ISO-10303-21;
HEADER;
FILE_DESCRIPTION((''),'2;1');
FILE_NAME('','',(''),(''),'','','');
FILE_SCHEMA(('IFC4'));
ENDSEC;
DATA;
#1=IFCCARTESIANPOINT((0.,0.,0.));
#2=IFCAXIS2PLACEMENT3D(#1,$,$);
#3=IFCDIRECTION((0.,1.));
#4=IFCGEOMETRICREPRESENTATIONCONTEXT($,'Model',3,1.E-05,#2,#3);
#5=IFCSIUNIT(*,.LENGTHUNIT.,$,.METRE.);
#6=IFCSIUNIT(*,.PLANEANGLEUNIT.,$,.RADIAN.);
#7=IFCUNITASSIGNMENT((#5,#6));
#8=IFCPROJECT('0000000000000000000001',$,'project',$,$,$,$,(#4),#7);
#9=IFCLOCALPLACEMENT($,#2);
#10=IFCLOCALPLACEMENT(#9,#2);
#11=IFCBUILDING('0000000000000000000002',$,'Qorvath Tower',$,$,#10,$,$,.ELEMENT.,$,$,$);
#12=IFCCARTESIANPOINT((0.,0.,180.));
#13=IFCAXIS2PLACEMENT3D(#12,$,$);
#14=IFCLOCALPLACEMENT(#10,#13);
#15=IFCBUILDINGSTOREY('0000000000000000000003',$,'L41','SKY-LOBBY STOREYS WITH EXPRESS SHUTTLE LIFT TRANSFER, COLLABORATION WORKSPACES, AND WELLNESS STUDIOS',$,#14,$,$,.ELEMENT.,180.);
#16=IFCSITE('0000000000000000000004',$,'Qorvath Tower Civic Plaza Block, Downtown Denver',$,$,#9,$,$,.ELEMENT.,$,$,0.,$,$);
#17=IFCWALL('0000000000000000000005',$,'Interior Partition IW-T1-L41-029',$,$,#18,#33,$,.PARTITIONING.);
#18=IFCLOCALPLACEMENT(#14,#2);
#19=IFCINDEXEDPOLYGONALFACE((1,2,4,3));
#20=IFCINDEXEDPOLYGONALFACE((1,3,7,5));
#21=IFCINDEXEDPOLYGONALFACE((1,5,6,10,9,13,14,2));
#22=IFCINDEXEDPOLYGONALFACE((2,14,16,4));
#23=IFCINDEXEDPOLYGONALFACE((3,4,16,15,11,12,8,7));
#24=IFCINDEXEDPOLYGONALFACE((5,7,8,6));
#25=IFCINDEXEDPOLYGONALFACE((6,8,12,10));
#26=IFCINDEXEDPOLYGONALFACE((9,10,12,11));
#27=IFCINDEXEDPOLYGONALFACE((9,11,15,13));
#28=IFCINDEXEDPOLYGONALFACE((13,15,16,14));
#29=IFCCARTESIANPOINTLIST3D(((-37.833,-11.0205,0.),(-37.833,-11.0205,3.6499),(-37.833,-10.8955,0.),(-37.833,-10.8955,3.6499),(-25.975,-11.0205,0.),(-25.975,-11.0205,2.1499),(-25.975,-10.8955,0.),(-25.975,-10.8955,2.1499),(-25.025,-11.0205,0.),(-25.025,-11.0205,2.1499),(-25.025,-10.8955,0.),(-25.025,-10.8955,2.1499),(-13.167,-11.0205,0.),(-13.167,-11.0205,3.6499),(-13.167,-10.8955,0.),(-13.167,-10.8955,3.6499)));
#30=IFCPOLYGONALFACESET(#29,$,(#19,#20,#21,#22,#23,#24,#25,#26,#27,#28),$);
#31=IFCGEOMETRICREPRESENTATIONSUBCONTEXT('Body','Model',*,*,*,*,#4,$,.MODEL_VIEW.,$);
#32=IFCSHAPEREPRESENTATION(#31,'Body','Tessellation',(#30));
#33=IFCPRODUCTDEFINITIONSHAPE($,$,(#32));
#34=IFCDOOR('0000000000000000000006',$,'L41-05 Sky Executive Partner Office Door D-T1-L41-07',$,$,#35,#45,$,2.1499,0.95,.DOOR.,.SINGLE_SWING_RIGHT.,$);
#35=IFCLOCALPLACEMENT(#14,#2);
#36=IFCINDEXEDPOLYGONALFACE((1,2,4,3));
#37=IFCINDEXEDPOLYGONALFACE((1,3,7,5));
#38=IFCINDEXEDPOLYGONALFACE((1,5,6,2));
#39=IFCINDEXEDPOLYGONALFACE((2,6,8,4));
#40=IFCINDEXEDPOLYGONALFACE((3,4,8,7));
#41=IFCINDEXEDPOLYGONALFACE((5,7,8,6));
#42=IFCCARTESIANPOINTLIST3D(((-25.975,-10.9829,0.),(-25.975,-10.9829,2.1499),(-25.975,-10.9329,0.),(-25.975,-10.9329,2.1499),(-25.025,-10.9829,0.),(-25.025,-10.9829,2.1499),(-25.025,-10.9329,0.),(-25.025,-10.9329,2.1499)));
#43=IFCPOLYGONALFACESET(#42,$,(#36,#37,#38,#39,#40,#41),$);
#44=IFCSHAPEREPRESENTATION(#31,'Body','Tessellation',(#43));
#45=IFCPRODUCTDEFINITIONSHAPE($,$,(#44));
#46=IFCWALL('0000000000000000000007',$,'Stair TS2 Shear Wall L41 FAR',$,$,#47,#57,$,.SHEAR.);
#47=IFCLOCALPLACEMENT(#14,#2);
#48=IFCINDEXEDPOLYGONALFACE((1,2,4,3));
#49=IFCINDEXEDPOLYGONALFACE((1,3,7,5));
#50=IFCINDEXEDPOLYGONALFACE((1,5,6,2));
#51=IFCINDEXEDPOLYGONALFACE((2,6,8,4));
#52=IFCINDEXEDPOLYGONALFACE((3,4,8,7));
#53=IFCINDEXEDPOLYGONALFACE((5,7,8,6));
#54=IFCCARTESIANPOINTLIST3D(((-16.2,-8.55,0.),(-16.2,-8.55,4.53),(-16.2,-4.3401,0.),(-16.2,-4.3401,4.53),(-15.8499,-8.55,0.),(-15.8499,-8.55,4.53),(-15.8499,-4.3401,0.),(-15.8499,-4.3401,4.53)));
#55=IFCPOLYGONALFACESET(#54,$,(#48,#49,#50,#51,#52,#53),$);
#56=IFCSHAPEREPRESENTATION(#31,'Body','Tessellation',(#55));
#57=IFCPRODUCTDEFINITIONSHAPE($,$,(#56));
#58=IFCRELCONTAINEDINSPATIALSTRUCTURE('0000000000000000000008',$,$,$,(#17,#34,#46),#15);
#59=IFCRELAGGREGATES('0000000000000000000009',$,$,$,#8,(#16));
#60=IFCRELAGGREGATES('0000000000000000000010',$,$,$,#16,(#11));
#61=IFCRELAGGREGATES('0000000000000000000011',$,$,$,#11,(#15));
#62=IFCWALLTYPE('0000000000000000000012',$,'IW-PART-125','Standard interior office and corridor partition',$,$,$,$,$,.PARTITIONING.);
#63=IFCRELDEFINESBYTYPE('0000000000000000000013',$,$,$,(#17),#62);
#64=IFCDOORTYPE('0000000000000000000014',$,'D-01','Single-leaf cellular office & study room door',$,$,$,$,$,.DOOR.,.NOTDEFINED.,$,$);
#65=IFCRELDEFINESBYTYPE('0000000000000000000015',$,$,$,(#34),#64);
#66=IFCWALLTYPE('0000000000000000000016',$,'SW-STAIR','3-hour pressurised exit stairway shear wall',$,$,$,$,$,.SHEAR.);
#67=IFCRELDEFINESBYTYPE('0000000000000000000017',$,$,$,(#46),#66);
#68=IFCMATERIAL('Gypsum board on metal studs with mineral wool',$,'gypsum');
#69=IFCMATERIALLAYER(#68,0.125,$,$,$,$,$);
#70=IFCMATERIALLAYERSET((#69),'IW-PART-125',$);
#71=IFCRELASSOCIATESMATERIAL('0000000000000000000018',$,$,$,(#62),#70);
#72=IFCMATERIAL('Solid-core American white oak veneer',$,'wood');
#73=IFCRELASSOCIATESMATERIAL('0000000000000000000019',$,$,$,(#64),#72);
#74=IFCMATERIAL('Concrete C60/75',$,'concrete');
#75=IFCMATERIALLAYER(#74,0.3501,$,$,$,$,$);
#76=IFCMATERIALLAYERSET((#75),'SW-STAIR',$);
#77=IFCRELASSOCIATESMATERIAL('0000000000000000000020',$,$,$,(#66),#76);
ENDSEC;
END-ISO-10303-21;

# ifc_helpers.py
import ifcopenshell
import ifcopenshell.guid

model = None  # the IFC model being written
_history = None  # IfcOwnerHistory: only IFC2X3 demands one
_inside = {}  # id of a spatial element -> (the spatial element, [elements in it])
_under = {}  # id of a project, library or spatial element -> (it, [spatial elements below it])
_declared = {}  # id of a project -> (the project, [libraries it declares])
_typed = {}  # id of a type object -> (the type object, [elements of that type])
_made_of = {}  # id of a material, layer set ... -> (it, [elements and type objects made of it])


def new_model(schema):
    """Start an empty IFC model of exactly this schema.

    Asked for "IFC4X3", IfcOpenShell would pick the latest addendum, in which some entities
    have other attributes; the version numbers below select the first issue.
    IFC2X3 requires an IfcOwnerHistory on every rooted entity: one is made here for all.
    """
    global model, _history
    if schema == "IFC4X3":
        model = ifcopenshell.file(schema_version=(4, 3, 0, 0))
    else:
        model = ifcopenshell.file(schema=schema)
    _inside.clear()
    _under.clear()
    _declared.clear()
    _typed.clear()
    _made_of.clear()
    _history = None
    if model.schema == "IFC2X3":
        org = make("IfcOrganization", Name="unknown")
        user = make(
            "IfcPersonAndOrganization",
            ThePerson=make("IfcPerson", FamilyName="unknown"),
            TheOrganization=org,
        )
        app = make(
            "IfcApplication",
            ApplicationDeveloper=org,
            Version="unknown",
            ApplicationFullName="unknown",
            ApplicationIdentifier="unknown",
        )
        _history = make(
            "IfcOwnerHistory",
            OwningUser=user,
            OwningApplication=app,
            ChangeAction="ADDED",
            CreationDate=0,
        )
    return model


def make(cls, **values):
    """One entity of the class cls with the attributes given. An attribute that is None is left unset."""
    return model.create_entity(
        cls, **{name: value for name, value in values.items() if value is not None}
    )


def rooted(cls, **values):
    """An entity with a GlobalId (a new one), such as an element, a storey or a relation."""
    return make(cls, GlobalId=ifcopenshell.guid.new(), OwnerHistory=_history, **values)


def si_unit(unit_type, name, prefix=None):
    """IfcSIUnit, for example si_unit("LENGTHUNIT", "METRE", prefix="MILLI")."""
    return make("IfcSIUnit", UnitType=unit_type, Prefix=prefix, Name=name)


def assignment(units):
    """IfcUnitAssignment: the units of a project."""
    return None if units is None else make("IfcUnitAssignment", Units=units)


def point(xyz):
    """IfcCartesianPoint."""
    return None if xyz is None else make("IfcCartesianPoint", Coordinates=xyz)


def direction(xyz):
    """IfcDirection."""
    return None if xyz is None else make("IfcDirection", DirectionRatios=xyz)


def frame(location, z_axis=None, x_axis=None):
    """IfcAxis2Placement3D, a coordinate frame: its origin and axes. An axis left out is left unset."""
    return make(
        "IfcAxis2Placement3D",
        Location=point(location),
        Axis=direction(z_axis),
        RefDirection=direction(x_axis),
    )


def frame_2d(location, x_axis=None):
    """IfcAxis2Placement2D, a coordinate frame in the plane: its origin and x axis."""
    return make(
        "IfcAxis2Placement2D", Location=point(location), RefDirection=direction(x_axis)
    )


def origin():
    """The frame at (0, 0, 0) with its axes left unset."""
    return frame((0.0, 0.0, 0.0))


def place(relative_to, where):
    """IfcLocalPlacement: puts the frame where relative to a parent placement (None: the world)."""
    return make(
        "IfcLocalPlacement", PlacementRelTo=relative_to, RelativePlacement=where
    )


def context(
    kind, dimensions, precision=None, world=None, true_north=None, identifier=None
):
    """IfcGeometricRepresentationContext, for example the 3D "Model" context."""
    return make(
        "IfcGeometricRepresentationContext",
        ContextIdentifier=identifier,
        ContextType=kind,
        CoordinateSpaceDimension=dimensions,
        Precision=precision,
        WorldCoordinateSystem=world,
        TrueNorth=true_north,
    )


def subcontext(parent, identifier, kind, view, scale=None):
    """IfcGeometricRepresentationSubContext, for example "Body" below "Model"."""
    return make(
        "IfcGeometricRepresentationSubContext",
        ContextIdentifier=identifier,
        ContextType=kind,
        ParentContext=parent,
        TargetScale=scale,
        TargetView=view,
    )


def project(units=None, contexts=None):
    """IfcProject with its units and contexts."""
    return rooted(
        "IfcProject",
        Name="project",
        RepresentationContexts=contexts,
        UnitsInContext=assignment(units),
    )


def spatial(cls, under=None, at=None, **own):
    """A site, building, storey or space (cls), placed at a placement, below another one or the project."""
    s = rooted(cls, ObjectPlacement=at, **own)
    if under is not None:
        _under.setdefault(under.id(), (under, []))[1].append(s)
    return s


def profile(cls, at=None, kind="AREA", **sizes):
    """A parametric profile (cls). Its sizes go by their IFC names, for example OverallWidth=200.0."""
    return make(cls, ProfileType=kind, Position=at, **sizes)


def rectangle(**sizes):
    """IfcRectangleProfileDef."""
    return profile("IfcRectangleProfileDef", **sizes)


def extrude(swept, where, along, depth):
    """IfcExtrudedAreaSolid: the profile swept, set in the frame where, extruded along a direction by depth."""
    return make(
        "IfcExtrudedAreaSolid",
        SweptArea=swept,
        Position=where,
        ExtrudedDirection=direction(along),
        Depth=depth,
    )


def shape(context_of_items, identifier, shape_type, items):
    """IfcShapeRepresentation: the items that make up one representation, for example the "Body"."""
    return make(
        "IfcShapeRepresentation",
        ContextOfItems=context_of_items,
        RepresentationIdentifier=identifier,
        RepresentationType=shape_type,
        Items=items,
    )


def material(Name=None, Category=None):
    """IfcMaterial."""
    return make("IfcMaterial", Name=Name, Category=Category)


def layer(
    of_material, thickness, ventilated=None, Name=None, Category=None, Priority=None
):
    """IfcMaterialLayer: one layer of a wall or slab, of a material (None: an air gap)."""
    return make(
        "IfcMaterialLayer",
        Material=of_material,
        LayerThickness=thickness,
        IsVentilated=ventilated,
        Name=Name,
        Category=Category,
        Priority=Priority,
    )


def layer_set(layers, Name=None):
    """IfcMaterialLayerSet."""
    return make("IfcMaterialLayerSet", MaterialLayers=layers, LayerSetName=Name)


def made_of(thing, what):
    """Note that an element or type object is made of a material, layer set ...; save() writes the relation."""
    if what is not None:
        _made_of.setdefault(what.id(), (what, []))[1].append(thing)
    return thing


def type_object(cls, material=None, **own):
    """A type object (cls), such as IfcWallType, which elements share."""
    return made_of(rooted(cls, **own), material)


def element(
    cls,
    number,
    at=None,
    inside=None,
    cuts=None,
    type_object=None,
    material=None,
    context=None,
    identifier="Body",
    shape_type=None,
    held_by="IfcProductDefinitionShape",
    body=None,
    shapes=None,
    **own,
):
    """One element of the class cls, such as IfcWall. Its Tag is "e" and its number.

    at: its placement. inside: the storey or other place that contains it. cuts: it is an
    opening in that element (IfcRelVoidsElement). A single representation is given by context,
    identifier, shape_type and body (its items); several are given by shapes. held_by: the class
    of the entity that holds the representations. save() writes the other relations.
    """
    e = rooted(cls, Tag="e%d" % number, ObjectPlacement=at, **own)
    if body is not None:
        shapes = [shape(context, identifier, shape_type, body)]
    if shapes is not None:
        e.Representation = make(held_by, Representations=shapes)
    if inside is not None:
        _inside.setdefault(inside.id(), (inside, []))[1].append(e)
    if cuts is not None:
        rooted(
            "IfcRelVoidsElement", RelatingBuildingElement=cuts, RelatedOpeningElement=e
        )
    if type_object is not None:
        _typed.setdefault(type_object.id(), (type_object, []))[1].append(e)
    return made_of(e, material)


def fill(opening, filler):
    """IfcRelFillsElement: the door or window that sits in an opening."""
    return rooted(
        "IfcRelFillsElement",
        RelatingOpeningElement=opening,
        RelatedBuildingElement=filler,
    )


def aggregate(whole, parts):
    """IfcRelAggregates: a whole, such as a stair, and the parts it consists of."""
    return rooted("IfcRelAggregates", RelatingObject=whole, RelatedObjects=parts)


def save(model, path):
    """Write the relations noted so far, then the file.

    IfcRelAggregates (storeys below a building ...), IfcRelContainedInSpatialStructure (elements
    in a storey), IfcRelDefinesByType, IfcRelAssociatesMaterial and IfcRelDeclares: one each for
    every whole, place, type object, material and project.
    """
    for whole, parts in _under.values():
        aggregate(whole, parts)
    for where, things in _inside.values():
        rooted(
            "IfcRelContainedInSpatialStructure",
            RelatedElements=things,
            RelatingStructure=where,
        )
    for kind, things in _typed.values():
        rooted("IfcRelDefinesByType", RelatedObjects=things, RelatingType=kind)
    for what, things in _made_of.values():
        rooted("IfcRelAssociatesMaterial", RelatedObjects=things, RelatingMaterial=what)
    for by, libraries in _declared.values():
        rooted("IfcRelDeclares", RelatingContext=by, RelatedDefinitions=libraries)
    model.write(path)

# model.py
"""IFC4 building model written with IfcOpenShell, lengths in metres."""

from ifc_helpers import new_model, si_unit, direction, frame, frame_2d, origin, place, context, subcontext, project, spatial, rectangle, extrude, material, layer, layer_set, type_object, element, fill, save


model = new_model("IFC4")

# Units and contexts
model_context = context("Model", 3, precision=1e-05, world=origin(), true_north=direction((0.0, 1.0)))
body_context = subcontext(model_context, "Body", "Model", "MODEL_VIEW")
ifc_project = project(units=[si_unit("LENGTHUNIT", "METRE"), si_unit("PLANEANGLEUNIT", "RADIAN")], contexts=[model_context])

# Site, building, storey
site_placement = place(None, origin())
site = spatial("IfcSite", under=ifc_project, at=site_placement, Name="Qorvath Tower Civic Plaza Block, Downtown Denver", CompositionType="ELEMENT", RefElevation=0.0)
building_placement = place(site_placement, origin())
building = spatial("IfcBuilding", under=site, at=building_placement, Name="Qorvath Tower", CompositionType="ELEMENT")
storey_placement = place(building_placement, frame((0.0, 0.0, 180.0)))
storey = spatial("IfcBuildingStorey", under=building, at=storey_placement, Name="L41", Description="SKY-LOBBY STOREYS WITH EXPRESS SHUTTLE LIFT TRANSFER, COLLABORATION WORKSPACES, AND WELLNESS STUDIOS", CompositionType="ELEMENT", Elevation=180.0)

# Shared definitions
ifc_material_1 = material(Name="Gypsum board on metal studs with mineral wool", Category="gypsum")
ifc_layer_1 = layer(ifc_material_1, 0.125)
ifc_layer_set_1 = layer_set([ifc_layer_1], Name="IW-PART-125")
wall_type_1 = type_object("IfcWallType", Name="IW-PART-125", Description="Standard interior office and corridor partition", PredefinedType="PARTITIONING", material=ifc_layer_set_1)

# Wall, opening, door
wall_1_placement = place(storey_placement, frame((-13.167, -10.958, 0.0), z_axis=(0.0, 0.0, 1.0), x_axis=(-1.0, 0.0, 0.0)))
wall_1 = element("IfcWall", 1, at=wall_1_placement, inside=storey, type_object=wall_type_1, Name="Interior Partition IW-T1-L41-029", PredefinedType="PARTITIONING", context=body_context, shape_type="SweptSolid", body=[
    extrude(rectangle(XDim=24.666, YDim=0.125, at=frame_2d((12.333, 0.0))), origin(), (0.0, 0.0, 1.0), 3.6499),
])
opening_placement = place(wall_1_placement, frame((11.8579, 0.0, 0.0)))
opening = element("IfcOpeningElement", 2, at=opening_placement, cuts=wall_1, PredefinedType="OPENING", context=body_context, shape_type="SweptSolid", body=[
    extrude(rectangle(XDim=0.95, YDim=2.1499, at=frame_2d((0.4751, 1.075))), frame((0.0, 0.0725, 0.0), z_axis=(0.0, -1.0, 0.0), x_axis=(1.0, 0.0, 0.0)), (0.0, 0.0, 1.0), 0.145),
])
ifc_material_2 = material(Name="Solid-core American white oak veneer", Category="wood")
door_type = type_object("IfcDoorType", Name="D-01", Description="Single-leaf cellular office & study room door", OperationType="NOTDEFINED", PredefinedType="DOOR", material=ifc_material_2)
door_placement = place(opening_placement, origin())
door = element("IfcDoor", 3, at=door_placement, inside=storey, type_object=door_type, Name="L41-05 Sky Executive Partner Office Door D-T1-L41-07", OperationType="SINGLE_SWING_RIGHT", OverallHeight=2.1499, OverallWidth=0.95, PredefinedType="DOOR", context=body_context, shape_type="SweptSolid", body=[
    extrude(rectangle(XDim=0.95, YDim=2.1499, at=frame_2d((0.4751, 1.075))), frame((0.0, 0.0249, 0.0), z_axis=(0.0, -1.0, 0.0), x_axis=(1.0, 0.0, 0.0)), (0.0, 0.0, 1.0), 0.05),
])
fill(opening, door)

# Wall
ifc_material_3 = material(Name="Concrete C60/75", Category="concrete")
ifc_layer_2 = layer(ifc_material_3, 0.3501)
ifc_layer_set_2 = layer_set([ifc_layer_2], Name="SW-STAIR")
wall_type_2 = type_object("IfcWallType", Name="SW-STAIR", Description="3-hour pressurised exit stairway shear wall", PredefinedType="SHEAR", material=ifc_layer_set_2)
wall_2_placement = place(storey_placement, frame((-16.0249, -8.55, 0.0), z_axis=(0.0, 0.0, 1.0), x_axis=(0.0, 1.0, 0.0)))
element("IfcWall", 4, at=wall_2_placement, inside=storey, type_object=wall_type_2, Name="Stair TS2 Shear Wall L41 FAR", PredefinedType="SHEAR", context=body_context, shape_type="SweptSolid", body=[
    extrude(rectangle(XDim=4.21, YDim=0.3501, at=frame_2d((2.105, 0.0))), origin(), (0.0, 0.0, 1.0), 4.53),
])

save(model, "model.ifc")
